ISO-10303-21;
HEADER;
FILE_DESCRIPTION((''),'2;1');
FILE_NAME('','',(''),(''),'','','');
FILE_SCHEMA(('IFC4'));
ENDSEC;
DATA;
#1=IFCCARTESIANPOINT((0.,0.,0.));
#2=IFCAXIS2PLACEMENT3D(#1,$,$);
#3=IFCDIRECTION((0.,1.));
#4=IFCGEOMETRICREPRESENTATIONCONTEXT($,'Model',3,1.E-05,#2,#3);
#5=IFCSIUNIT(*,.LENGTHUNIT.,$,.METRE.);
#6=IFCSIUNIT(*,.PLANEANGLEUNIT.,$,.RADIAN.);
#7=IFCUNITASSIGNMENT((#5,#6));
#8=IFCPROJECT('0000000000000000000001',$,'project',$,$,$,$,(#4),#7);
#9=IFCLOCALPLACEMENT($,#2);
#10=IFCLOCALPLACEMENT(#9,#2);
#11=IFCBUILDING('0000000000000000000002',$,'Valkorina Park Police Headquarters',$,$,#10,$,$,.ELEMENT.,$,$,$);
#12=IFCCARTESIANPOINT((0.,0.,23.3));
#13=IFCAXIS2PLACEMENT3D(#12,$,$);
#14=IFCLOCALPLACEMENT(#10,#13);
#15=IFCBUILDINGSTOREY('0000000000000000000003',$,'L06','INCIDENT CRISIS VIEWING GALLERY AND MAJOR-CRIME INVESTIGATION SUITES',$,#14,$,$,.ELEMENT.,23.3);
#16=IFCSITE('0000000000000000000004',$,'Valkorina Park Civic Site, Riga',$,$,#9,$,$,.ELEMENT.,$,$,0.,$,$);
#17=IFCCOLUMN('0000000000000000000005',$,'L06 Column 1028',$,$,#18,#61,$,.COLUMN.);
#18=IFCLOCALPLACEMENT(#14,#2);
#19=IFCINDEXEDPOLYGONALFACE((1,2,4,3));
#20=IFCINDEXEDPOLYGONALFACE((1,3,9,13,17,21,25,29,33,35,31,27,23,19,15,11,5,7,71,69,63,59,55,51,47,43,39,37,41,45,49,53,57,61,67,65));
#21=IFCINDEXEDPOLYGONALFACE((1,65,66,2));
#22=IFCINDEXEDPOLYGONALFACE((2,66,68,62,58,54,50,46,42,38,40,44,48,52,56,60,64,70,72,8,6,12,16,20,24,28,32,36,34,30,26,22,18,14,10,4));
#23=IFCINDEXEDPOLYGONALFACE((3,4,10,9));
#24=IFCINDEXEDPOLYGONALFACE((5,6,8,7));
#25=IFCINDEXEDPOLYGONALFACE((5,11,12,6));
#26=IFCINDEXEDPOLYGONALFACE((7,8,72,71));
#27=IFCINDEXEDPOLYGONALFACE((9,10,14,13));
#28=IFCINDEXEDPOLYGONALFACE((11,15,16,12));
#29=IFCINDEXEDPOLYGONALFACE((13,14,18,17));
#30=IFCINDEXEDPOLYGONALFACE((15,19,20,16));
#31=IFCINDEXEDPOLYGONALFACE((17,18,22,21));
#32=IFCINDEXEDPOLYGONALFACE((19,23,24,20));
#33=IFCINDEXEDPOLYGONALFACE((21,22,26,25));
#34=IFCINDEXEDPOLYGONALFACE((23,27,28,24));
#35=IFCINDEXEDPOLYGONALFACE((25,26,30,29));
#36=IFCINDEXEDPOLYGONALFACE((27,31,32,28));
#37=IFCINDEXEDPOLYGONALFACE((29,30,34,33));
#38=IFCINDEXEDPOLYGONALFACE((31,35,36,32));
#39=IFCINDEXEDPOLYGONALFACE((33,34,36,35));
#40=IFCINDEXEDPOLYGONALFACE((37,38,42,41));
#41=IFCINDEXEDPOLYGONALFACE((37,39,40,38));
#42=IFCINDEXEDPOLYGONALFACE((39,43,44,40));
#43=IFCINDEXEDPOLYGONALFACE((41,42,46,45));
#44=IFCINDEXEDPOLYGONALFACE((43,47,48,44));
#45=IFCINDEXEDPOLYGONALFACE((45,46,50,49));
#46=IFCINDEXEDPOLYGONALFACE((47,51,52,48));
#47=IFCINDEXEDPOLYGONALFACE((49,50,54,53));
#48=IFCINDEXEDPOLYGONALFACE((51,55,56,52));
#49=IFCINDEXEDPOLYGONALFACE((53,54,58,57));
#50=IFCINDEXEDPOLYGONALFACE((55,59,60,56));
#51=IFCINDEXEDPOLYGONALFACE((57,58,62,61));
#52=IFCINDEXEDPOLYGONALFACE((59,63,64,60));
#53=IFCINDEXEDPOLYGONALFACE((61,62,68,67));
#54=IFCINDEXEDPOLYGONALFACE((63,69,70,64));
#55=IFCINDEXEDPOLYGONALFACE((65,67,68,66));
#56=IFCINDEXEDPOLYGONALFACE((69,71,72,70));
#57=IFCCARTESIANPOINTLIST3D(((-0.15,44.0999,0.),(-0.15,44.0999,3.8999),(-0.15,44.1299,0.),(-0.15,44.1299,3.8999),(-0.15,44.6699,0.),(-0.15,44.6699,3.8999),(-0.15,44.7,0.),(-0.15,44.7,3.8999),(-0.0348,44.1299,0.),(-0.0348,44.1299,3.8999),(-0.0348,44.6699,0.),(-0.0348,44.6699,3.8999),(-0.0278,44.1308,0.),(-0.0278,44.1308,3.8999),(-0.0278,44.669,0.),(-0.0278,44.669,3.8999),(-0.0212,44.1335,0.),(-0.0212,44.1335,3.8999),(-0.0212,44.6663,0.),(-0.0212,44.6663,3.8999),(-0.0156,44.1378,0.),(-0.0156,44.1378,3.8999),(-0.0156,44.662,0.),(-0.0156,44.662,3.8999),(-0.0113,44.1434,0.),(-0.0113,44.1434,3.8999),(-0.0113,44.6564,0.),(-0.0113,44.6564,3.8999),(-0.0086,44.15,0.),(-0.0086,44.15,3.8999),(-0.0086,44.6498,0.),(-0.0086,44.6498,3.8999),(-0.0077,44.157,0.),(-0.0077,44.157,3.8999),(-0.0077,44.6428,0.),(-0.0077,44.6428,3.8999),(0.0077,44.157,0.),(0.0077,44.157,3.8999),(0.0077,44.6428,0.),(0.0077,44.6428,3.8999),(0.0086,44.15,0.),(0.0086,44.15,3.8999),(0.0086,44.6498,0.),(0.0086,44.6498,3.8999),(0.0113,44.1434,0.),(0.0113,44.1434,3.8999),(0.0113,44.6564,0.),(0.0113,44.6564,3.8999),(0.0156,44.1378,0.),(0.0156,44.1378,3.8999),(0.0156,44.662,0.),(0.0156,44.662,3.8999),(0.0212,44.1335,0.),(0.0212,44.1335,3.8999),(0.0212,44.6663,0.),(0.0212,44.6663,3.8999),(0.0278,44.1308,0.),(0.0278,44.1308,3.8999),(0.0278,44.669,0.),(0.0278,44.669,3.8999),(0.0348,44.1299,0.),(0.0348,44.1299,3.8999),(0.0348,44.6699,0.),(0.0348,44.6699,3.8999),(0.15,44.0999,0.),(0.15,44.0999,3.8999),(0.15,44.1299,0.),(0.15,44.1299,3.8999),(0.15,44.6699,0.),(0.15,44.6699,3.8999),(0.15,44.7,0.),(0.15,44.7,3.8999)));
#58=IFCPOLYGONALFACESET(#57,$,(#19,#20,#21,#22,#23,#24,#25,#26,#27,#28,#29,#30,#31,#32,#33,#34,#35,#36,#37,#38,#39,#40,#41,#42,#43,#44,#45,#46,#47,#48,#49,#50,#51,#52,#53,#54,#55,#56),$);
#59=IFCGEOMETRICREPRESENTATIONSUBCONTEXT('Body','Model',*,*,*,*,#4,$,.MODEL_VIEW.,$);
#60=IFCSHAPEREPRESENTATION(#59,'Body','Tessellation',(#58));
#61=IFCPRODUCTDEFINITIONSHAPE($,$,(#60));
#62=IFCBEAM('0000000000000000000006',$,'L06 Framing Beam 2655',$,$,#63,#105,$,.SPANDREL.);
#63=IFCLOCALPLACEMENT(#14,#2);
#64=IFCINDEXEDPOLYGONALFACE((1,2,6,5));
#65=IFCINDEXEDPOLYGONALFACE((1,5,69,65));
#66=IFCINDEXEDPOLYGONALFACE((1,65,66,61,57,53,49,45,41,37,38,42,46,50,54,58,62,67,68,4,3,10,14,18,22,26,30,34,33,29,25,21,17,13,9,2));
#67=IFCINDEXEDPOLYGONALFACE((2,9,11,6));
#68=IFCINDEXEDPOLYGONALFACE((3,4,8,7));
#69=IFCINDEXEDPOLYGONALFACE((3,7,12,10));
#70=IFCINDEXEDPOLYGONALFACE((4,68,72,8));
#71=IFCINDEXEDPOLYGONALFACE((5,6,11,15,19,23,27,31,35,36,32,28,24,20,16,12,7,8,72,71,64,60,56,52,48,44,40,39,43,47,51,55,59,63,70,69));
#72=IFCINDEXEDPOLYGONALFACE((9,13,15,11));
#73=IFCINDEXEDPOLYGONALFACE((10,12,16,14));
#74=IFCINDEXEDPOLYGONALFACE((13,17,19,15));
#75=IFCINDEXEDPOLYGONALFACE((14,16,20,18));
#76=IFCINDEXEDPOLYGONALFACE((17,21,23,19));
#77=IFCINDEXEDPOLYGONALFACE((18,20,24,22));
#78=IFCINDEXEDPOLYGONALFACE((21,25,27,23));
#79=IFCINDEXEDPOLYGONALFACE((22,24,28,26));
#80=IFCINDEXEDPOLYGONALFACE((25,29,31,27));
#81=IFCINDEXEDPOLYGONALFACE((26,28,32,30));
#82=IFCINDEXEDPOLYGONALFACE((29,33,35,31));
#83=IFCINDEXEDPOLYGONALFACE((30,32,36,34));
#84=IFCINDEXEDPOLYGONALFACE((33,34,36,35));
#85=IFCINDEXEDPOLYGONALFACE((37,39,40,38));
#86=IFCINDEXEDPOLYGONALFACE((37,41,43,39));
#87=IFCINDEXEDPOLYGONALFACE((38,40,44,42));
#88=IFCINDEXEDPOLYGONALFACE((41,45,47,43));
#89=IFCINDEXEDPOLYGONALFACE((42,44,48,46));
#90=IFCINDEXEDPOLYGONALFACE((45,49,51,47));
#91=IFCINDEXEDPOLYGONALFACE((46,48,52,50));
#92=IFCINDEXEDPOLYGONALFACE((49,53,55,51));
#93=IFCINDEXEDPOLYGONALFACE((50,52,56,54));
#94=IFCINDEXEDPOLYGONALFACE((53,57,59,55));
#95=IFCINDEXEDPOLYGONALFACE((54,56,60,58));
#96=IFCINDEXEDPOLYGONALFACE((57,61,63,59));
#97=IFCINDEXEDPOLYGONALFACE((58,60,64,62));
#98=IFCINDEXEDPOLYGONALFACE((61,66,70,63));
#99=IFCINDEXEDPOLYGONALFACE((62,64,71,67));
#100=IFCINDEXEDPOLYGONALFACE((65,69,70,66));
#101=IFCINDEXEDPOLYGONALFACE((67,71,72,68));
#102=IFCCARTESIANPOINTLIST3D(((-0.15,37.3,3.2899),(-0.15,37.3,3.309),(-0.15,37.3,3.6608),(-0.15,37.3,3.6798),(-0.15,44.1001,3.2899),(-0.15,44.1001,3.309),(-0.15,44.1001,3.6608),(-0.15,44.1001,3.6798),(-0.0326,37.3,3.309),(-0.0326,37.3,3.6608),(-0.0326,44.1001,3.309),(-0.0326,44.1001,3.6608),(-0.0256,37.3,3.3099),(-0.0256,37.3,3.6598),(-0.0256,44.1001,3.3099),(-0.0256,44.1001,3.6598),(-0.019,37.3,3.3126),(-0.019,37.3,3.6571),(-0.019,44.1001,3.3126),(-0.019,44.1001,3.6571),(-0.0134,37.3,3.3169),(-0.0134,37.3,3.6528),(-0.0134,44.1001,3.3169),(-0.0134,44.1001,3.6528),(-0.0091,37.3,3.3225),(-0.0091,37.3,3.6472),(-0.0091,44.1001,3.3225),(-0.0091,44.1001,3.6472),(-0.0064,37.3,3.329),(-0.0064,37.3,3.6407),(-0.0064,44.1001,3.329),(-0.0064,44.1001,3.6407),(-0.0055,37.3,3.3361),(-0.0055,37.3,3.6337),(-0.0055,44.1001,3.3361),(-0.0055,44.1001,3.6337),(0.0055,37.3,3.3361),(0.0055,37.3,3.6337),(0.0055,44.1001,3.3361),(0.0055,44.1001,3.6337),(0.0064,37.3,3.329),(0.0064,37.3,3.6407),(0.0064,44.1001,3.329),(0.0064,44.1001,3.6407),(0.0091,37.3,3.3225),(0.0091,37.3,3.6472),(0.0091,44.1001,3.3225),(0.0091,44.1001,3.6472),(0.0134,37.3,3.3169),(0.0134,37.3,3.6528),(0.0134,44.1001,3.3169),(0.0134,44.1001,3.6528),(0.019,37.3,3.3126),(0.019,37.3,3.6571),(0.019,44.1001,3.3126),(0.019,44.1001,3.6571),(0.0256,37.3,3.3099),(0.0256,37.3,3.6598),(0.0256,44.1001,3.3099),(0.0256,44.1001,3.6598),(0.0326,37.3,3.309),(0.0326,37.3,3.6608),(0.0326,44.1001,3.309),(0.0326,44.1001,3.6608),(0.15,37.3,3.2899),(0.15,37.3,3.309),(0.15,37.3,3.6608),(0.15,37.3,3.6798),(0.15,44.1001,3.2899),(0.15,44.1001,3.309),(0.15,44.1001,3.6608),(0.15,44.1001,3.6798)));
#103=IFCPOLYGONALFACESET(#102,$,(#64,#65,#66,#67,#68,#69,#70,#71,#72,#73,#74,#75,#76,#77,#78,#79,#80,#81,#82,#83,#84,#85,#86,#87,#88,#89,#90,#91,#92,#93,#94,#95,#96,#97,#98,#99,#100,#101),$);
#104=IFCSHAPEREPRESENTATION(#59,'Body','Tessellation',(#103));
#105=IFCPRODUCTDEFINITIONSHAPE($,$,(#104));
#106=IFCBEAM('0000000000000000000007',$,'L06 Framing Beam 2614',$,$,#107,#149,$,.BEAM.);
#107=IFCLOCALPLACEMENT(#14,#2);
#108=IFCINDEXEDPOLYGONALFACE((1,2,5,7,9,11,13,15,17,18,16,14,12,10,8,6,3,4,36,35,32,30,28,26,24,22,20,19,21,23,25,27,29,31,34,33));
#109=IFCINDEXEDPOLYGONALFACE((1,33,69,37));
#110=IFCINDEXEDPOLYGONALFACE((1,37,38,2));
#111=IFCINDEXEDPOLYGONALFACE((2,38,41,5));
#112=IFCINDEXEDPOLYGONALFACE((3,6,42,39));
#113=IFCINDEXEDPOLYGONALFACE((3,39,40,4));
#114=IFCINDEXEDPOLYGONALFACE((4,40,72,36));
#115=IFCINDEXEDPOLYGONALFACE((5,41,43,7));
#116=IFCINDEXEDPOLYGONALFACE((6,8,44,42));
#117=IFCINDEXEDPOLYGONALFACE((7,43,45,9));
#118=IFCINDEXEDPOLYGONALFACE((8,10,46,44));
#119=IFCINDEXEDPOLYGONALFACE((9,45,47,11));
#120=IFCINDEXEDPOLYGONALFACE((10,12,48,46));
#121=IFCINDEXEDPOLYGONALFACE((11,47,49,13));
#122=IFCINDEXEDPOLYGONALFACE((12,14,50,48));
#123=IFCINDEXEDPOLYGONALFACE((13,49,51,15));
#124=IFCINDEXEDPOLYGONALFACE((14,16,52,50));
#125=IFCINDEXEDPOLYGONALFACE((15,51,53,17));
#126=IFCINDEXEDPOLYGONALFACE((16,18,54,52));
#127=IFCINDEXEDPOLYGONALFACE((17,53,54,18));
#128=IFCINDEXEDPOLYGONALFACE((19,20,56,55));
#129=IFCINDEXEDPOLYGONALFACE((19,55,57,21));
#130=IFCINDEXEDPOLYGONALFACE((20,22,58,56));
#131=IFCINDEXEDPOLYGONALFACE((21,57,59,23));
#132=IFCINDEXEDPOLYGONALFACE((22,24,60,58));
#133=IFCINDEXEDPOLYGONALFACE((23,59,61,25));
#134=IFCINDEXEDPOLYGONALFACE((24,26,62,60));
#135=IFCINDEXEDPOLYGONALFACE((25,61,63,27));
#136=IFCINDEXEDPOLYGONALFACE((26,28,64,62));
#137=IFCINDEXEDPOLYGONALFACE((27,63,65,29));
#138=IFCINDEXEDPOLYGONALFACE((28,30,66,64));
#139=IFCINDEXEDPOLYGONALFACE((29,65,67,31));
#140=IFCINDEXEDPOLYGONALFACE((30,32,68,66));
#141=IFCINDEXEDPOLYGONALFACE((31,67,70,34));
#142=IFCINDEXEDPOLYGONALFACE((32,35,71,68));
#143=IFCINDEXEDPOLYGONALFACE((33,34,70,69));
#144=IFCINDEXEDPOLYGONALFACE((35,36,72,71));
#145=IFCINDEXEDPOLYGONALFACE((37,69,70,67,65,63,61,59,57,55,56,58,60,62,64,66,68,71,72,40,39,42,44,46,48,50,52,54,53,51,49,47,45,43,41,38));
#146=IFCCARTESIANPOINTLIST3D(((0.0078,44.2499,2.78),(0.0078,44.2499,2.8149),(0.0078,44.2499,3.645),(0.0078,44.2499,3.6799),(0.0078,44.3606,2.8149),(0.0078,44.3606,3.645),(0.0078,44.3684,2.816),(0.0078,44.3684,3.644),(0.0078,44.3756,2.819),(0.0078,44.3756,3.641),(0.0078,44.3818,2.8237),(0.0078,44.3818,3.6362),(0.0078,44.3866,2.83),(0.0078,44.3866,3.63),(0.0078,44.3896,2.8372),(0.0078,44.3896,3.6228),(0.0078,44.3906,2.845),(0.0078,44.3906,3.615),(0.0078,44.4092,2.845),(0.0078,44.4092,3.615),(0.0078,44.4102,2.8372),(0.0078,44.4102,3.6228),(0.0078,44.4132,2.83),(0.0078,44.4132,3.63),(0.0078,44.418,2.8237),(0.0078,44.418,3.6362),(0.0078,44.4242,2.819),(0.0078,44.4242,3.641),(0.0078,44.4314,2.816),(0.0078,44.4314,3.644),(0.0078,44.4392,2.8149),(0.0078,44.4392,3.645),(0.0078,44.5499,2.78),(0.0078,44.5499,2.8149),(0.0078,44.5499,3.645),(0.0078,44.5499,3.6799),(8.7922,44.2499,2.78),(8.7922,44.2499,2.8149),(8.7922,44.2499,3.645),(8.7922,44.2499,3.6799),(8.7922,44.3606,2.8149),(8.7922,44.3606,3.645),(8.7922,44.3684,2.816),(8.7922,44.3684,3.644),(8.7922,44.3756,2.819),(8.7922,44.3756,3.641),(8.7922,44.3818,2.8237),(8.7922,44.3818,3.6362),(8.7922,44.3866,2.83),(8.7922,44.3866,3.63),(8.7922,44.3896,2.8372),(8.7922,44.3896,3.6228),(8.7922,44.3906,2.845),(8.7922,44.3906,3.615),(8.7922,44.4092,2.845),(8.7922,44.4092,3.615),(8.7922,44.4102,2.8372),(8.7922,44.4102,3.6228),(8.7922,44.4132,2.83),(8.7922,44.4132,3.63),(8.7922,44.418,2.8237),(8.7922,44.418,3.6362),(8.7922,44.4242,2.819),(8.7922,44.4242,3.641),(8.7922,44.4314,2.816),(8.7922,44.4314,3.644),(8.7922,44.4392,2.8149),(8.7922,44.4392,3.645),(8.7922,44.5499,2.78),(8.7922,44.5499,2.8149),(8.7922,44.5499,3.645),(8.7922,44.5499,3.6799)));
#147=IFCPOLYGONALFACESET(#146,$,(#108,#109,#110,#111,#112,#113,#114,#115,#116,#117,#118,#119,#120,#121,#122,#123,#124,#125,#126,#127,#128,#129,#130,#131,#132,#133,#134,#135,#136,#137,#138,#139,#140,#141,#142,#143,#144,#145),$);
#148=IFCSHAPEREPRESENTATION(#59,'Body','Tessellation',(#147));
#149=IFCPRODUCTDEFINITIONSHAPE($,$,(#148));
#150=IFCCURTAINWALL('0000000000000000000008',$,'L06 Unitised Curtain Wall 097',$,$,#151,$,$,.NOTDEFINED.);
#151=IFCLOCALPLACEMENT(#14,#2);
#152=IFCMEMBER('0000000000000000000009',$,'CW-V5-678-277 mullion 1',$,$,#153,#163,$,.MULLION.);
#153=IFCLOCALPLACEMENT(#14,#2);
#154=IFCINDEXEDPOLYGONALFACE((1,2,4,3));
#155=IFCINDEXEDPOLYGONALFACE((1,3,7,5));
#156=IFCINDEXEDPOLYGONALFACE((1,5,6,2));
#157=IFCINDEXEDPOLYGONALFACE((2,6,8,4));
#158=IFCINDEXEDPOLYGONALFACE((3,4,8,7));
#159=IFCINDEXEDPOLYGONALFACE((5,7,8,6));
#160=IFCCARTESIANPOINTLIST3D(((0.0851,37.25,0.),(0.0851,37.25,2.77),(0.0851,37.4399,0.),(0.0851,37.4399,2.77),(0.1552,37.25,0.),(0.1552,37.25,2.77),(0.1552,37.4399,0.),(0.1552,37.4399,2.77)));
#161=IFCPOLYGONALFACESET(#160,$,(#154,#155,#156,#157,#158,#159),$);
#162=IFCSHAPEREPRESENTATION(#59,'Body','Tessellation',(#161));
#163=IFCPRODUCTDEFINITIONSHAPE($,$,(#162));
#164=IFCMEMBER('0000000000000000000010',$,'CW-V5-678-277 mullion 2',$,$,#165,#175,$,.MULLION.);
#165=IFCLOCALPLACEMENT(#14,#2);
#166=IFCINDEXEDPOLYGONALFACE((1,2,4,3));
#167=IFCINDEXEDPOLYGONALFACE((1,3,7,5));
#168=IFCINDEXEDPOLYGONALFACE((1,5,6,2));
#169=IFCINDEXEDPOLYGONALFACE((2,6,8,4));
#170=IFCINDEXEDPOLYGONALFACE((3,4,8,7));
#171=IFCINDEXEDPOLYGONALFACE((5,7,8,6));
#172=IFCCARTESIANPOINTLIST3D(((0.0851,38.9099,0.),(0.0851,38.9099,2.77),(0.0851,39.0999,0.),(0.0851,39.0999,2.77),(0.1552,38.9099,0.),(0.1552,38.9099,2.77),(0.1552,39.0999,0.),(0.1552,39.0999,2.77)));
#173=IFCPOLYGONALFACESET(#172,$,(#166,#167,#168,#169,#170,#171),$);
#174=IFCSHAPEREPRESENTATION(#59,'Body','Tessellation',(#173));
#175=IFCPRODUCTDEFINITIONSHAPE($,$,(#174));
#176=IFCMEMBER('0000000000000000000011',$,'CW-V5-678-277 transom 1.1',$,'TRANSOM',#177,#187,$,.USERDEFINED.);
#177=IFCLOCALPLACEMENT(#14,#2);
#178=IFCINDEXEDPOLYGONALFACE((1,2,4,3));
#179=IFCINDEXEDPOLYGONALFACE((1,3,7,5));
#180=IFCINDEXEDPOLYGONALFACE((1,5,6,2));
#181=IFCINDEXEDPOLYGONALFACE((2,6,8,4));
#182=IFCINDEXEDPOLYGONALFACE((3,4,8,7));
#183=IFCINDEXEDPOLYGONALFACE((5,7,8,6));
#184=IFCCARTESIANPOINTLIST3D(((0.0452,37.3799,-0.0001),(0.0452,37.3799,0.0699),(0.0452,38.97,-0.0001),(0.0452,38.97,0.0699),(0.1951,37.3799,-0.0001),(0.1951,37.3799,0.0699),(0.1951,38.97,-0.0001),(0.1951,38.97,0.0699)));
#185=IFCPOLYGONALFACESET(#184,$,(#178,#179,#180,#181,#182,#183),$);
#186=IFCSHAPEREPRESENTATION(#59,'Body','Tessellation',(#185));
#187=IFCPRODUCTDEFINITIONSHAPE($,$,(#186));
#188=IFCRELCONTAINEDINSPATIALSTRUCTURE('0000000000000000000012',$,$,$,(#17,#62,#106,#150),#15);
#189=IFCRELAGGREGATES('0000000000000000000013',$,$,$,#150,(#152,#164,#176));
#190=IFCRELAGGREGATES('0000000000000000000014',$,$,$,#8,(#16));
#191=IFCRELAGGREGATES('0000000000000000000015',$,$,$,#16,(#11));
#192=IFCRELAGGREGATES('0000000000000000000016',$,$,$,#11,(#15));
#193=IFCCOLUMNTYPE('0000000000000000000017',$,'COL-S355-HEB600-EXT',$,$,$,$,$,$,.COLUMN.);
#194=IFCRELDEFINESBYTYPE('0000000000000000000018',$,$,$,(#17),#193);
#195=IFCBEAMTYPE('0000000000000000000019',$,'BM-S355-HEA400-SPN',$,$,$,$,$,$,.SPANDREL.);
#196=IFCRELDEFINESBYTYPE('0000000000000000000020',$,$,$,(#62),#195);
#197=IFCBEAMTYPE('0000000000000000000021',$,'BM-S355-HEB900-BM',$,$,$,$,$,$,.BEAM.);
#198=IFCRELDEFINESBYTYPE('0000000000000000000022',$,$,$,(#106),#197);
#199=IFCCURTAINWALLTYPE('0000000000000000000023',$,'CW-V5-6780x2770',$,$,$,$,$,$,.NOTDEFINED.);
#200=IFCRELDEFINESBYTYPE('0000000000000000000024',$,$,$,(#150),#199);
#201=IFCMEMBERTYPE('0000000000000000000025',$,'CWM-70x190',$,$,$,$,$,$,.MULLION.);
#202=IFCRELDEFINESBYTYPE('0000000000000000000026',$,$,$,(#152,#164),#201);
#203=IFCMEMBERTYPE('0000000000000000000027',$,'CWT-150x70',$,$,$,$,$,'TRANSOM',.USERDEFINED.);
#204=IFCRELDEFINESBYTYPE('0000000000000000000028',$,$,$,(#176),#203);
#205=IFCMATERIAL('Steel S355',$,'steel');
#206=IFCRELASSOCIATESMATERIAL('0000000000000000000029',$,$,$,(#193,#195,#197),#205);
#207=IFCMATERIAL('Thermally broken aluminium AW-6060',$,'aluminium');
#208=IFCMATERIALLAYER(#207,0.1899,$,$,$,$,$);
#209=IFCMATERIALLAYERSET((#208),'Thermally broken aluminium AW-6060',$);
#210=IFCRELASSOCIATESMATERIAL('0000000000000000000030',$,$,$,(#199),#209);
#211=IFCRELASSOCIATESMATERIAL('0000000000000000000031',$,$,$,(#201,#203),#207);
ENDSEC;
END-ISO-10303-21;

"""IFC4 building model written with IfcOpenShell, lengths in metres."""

from ifc_helpers import new_model, si_unit, direction, frame, origin, origin_2d, place, context, subcontext, project, spatial, rectangle, i_section, extrude, material, layer, layer_set, material_profile, profile_set, type_object, element, aggregate, save


model = new_model("IFC4")

# Units and contexts
model_context = context("Model", 3, precision=1e-05, world=origin(), true_north=direction((0.0, 1.0)))
body_context = subcontext(model_context, "Body", "Model", "MODEL_VIEW")
ifc_project = project(units=[si_unit("LENGTHUNIT", "METRE"), si_unit("PLANEANGLEUNIT", "RADIAN")], contexts=[model_context])

# Site, building, storey
site_placement = place(None, origin())
site = spatial("IfcSite", under=ifc_project, at=site_placement, Name="Valkorina Park Civic Site, Riga", CompositionType="ELEMENT", RefElevation=0.0)
building_placement = place(site_placement, origin())
building = spatial("IfcBuilding", under=site, at=building_placement, Name="Valkorina Park Police Headquarters", CompositionType="ELEMENT")
storey_placement = place(building_placement, frame((0.0, 0.0, 23.3)))
storey = spatial("IfcBuildingStorey", under=building, at=storey_placement, Name="L06", Description="INCIDENT CRISIS VIEWING GALLERY AND MAJOR-CRIME INVESTIGATION SUITES", CompositionType="ELEMENT", Elevation=23.3)

# Column
ifc_material_1 = material(Name="Steel S355", Category="steel")
ifc_material_profile_1 = material_profile(ifc_material_1, i_section(OverallWidth=0.3, OverallDepth=0.6001, WebThickness=0.0154, FlangeThickness=0.03, FilletRadius=0.0271, at=origin_2d()), Name="HEB 600")
ifc_profile_set_1 = profile_set([ifc_material_profile_1], Name="Steel S355")
column_type = type_object("IfcColumnType", Name="COL-S355-HEB600-EXT", PredefinedType="COLUMN", material=ifc_profile_set_1)
column_placement = place(storey_placement, frame((0.0, 44.3999, 0.0), z_axis=(0.0, 0.0, 1.0), x_axis=(1.0, 0.0, 0.0)))
element("IfcColumn", 1, at=column_placement, inside=storey, type_object=column_type, Name="L06 Column 1028", PredefinedType="COLUMN", context=body_context, shape_type="SweptSolid", body=[
    extrude(i_section(OverallWidth=0.3, OverallDepth=0.6001, WebThickness=0.0154, FlangeThickness=0.03, FilletRadius=0.0271, at=origin_2d()), origin(), (0.0, 0.0, 1.0), 3.8999),
])

# Beams
ifc_material_profile_2 = material_profile(ifc_material_1, i_section(OverallWidth=0.3, OverallDepth=0.3899, WebThickness=0.011, FlangeThickness=0.019, FilletRadius=0.0271, at=origin_2d()), Name="HEA 400")
ifc_profile_set_2 = profile_set([ifc_material_profile_2], Name="Steel S355")
beam_type_1 = type_object("IfcBeamType", Name="BM-S355-HEA400-SPN", PredefinedType="SPANDREL", material=ifc_profile_set_2)
beam_1_placement = place(storey_placement, frame((0.0, 37.3, 3.4849), z_axis=(0.0, 1.0, 0.0), x_axis=(-1.0, 0.0, 0.0)))
element("IfcBeam", 2, at=beam_1_placement, inside=storey, type_object=beam_type_1, Name="L06 Framing Beam 2655", PredefinedType="SPANDREL", context=body_context, shape_type="SweptSolid", body=[
    extrude(i_section(OverallWidth=0.3, OverallDepth=0.3899, WebThickness=0.011, FlangeThickness=0.019, FilletRadius=0.0271, at=origin_2d()), origin(), (0.0, 0.0, 1.0), 6.8),
])
ifc_material_profile_3 = material_profile(ifc_material_1, i_section(OverallWidth=0.3, OverallDepth=0.8999, WebThickness=0.0186, FlangeThickness=0.0349, FilletRadius=0.03, at=origin_2d()), Name="HEB 900")
ifc_profile_set_3 = profile_set([ifc_material_profile_3], Name="Steel S355")
beam_type_2 = type_object("IfcBeamType", Name="BM-S355-HEB900-BM", PredefinedType="BEAM", material=ifc_profile_set_3)
beam_2_placement = place(storey_placement, frame((0.0078, 44.3999, 3.23), z_axis=(1.0, 0.0, 0.0), x_axis=(0.0, 1.0, 0.0)))
element("IfcBeam", 3, at=beam_2_placement, inside=storey, type_object=beam_type_2, Name="L06 Framing Beam 2614", PredefinedType="BEAM", context=body_context, shape_type="SweptSolid", body=[
    extrude(i_section(OverallWidth=0.3, OverallDepth=0.8999, WebThickness=0.0186, FlangeThickness=0.0349, FilletRadius=0.03, at=origin_2d()), origin(), (0.0, 0.0, 1.0), 8.7844),
])

# Curtain wall, members
ifc_material_2 = material(Name="Thermally broken aluminium AW-6060", Category="aluminium")
ifc_layer_1 = layer(ifc_material_2, 0.1899)
ifc_layer_set_1 = layer_set([ifc_layer_1], Name="Thermally broken aluminium AW-6060")
curtain_wall_type = type_object("IfcCurtainWallType", Name="CW-V5-6780x2770", PredefinedType="NOTDEFINED", material=ifc_layer_set_1)
curtain_wall_placement = place(storey_placement, origin())
curtain_wall = element("IfcCurtainWall", 4, at=curtain_wall_placement, inside=storey, type_object=curtain_wall_type, Name="L06 Unitised Curtain Wall 097", PredefinedType="NOTDEFINED")
ifc_material_profile_4 = material_profile(ifc_material_2, rectangle(XDim=0.0701, YDim=0.1899, at=origin_2d()), Name="CWM-02 70x190")
ifc_profile_set_4 = profile_set([ifc_material_profile_4], Name="Thermally broken aluminium AW-6060")
member_type_1 = type_object("IfcMemberType", Name="CWM-70x190", PredefinedType="MULLION", material=ifc_profile_set_4)
member_1_placement = place(storey_placement, frame((0.1201, 37.345, 0.0), z_axis=(0.0, 0.0, 1.0), x_axis=(-1.0, 0.0, 0.0)))
member_1 = element("IfcMember", 5, at=member_1_placement, type_object=member_type_1, Name="CW-V5-678-277 mullion 1", PredefinedType="MULLION", context=body_context, shape_type="SweptSolid", body=[
    extrude(rectangle(XDim=0.0701, YDim=0.1899, at=origin_2d()), origin(), (0.0, 0.0, 1.0), 2.77),
])
member_2_placement = place(storey_placement, frame((0.1201, 39.0049, 0.0), z_axis=(0.0, 0.0, 1.0), x_axis=(-1.0, 0.0, 0.0)))
member_2 = element("IfcMember", 6, at=member_2_placement, type_object=member_type_1, Name="CW-V5-678-277 mullion 2", PredefinedType="MULLION", context=body_context, shape_type="SweptSolid", body=[
    extrude(rectangle(XDim=0.0701, YDim=0.1899, at=origin_2d()), origin(), (0.0, 0.0, 1.0), 2.77),
])
ifc_material_profile_5 = material_profile(ifc_material_2, rectangle(XDim=0.1499, YDim=0.0701, at=origin_2d()), Name="CWT-02 150x70")
ifc_profile_set_5 = profile_set([ifc_material_profile_5], Name="Thermally broken aluminium AW-6060")
member_type_2 = type_object("IfcMemberType", Name="CWT-150x70", ElementType="TRANSOM", PredefinedType="USERDEFINED", material=ifc_profile_set_5)
member_3_placement = place(storey_placement, frame((0.1201, 37.3799, 0.0349), z_axis=(0.0, 1.0, 0.0), x_axis=(-1.0, 0.0, 0.0)))
member_3 = element("IfcMember", 7, at=member_3_placement, type_object=member_type_2, Name="CW-V5-678-277 transom 1.1", ObjectType="TRANSOM", PredefinedType="USERDEFINED", context=body_context, shape_type="SweptSolid", body=[
    extrude(rectangle(XDim=0.1499, YDim=0.0701, at=origin_2d()), origin(), (0.0, 0.0, 1.0), 1.5901),
])
aggregate(curtain_wall, [member_1, member_2, member_3])

save(model, "model.ifc")
